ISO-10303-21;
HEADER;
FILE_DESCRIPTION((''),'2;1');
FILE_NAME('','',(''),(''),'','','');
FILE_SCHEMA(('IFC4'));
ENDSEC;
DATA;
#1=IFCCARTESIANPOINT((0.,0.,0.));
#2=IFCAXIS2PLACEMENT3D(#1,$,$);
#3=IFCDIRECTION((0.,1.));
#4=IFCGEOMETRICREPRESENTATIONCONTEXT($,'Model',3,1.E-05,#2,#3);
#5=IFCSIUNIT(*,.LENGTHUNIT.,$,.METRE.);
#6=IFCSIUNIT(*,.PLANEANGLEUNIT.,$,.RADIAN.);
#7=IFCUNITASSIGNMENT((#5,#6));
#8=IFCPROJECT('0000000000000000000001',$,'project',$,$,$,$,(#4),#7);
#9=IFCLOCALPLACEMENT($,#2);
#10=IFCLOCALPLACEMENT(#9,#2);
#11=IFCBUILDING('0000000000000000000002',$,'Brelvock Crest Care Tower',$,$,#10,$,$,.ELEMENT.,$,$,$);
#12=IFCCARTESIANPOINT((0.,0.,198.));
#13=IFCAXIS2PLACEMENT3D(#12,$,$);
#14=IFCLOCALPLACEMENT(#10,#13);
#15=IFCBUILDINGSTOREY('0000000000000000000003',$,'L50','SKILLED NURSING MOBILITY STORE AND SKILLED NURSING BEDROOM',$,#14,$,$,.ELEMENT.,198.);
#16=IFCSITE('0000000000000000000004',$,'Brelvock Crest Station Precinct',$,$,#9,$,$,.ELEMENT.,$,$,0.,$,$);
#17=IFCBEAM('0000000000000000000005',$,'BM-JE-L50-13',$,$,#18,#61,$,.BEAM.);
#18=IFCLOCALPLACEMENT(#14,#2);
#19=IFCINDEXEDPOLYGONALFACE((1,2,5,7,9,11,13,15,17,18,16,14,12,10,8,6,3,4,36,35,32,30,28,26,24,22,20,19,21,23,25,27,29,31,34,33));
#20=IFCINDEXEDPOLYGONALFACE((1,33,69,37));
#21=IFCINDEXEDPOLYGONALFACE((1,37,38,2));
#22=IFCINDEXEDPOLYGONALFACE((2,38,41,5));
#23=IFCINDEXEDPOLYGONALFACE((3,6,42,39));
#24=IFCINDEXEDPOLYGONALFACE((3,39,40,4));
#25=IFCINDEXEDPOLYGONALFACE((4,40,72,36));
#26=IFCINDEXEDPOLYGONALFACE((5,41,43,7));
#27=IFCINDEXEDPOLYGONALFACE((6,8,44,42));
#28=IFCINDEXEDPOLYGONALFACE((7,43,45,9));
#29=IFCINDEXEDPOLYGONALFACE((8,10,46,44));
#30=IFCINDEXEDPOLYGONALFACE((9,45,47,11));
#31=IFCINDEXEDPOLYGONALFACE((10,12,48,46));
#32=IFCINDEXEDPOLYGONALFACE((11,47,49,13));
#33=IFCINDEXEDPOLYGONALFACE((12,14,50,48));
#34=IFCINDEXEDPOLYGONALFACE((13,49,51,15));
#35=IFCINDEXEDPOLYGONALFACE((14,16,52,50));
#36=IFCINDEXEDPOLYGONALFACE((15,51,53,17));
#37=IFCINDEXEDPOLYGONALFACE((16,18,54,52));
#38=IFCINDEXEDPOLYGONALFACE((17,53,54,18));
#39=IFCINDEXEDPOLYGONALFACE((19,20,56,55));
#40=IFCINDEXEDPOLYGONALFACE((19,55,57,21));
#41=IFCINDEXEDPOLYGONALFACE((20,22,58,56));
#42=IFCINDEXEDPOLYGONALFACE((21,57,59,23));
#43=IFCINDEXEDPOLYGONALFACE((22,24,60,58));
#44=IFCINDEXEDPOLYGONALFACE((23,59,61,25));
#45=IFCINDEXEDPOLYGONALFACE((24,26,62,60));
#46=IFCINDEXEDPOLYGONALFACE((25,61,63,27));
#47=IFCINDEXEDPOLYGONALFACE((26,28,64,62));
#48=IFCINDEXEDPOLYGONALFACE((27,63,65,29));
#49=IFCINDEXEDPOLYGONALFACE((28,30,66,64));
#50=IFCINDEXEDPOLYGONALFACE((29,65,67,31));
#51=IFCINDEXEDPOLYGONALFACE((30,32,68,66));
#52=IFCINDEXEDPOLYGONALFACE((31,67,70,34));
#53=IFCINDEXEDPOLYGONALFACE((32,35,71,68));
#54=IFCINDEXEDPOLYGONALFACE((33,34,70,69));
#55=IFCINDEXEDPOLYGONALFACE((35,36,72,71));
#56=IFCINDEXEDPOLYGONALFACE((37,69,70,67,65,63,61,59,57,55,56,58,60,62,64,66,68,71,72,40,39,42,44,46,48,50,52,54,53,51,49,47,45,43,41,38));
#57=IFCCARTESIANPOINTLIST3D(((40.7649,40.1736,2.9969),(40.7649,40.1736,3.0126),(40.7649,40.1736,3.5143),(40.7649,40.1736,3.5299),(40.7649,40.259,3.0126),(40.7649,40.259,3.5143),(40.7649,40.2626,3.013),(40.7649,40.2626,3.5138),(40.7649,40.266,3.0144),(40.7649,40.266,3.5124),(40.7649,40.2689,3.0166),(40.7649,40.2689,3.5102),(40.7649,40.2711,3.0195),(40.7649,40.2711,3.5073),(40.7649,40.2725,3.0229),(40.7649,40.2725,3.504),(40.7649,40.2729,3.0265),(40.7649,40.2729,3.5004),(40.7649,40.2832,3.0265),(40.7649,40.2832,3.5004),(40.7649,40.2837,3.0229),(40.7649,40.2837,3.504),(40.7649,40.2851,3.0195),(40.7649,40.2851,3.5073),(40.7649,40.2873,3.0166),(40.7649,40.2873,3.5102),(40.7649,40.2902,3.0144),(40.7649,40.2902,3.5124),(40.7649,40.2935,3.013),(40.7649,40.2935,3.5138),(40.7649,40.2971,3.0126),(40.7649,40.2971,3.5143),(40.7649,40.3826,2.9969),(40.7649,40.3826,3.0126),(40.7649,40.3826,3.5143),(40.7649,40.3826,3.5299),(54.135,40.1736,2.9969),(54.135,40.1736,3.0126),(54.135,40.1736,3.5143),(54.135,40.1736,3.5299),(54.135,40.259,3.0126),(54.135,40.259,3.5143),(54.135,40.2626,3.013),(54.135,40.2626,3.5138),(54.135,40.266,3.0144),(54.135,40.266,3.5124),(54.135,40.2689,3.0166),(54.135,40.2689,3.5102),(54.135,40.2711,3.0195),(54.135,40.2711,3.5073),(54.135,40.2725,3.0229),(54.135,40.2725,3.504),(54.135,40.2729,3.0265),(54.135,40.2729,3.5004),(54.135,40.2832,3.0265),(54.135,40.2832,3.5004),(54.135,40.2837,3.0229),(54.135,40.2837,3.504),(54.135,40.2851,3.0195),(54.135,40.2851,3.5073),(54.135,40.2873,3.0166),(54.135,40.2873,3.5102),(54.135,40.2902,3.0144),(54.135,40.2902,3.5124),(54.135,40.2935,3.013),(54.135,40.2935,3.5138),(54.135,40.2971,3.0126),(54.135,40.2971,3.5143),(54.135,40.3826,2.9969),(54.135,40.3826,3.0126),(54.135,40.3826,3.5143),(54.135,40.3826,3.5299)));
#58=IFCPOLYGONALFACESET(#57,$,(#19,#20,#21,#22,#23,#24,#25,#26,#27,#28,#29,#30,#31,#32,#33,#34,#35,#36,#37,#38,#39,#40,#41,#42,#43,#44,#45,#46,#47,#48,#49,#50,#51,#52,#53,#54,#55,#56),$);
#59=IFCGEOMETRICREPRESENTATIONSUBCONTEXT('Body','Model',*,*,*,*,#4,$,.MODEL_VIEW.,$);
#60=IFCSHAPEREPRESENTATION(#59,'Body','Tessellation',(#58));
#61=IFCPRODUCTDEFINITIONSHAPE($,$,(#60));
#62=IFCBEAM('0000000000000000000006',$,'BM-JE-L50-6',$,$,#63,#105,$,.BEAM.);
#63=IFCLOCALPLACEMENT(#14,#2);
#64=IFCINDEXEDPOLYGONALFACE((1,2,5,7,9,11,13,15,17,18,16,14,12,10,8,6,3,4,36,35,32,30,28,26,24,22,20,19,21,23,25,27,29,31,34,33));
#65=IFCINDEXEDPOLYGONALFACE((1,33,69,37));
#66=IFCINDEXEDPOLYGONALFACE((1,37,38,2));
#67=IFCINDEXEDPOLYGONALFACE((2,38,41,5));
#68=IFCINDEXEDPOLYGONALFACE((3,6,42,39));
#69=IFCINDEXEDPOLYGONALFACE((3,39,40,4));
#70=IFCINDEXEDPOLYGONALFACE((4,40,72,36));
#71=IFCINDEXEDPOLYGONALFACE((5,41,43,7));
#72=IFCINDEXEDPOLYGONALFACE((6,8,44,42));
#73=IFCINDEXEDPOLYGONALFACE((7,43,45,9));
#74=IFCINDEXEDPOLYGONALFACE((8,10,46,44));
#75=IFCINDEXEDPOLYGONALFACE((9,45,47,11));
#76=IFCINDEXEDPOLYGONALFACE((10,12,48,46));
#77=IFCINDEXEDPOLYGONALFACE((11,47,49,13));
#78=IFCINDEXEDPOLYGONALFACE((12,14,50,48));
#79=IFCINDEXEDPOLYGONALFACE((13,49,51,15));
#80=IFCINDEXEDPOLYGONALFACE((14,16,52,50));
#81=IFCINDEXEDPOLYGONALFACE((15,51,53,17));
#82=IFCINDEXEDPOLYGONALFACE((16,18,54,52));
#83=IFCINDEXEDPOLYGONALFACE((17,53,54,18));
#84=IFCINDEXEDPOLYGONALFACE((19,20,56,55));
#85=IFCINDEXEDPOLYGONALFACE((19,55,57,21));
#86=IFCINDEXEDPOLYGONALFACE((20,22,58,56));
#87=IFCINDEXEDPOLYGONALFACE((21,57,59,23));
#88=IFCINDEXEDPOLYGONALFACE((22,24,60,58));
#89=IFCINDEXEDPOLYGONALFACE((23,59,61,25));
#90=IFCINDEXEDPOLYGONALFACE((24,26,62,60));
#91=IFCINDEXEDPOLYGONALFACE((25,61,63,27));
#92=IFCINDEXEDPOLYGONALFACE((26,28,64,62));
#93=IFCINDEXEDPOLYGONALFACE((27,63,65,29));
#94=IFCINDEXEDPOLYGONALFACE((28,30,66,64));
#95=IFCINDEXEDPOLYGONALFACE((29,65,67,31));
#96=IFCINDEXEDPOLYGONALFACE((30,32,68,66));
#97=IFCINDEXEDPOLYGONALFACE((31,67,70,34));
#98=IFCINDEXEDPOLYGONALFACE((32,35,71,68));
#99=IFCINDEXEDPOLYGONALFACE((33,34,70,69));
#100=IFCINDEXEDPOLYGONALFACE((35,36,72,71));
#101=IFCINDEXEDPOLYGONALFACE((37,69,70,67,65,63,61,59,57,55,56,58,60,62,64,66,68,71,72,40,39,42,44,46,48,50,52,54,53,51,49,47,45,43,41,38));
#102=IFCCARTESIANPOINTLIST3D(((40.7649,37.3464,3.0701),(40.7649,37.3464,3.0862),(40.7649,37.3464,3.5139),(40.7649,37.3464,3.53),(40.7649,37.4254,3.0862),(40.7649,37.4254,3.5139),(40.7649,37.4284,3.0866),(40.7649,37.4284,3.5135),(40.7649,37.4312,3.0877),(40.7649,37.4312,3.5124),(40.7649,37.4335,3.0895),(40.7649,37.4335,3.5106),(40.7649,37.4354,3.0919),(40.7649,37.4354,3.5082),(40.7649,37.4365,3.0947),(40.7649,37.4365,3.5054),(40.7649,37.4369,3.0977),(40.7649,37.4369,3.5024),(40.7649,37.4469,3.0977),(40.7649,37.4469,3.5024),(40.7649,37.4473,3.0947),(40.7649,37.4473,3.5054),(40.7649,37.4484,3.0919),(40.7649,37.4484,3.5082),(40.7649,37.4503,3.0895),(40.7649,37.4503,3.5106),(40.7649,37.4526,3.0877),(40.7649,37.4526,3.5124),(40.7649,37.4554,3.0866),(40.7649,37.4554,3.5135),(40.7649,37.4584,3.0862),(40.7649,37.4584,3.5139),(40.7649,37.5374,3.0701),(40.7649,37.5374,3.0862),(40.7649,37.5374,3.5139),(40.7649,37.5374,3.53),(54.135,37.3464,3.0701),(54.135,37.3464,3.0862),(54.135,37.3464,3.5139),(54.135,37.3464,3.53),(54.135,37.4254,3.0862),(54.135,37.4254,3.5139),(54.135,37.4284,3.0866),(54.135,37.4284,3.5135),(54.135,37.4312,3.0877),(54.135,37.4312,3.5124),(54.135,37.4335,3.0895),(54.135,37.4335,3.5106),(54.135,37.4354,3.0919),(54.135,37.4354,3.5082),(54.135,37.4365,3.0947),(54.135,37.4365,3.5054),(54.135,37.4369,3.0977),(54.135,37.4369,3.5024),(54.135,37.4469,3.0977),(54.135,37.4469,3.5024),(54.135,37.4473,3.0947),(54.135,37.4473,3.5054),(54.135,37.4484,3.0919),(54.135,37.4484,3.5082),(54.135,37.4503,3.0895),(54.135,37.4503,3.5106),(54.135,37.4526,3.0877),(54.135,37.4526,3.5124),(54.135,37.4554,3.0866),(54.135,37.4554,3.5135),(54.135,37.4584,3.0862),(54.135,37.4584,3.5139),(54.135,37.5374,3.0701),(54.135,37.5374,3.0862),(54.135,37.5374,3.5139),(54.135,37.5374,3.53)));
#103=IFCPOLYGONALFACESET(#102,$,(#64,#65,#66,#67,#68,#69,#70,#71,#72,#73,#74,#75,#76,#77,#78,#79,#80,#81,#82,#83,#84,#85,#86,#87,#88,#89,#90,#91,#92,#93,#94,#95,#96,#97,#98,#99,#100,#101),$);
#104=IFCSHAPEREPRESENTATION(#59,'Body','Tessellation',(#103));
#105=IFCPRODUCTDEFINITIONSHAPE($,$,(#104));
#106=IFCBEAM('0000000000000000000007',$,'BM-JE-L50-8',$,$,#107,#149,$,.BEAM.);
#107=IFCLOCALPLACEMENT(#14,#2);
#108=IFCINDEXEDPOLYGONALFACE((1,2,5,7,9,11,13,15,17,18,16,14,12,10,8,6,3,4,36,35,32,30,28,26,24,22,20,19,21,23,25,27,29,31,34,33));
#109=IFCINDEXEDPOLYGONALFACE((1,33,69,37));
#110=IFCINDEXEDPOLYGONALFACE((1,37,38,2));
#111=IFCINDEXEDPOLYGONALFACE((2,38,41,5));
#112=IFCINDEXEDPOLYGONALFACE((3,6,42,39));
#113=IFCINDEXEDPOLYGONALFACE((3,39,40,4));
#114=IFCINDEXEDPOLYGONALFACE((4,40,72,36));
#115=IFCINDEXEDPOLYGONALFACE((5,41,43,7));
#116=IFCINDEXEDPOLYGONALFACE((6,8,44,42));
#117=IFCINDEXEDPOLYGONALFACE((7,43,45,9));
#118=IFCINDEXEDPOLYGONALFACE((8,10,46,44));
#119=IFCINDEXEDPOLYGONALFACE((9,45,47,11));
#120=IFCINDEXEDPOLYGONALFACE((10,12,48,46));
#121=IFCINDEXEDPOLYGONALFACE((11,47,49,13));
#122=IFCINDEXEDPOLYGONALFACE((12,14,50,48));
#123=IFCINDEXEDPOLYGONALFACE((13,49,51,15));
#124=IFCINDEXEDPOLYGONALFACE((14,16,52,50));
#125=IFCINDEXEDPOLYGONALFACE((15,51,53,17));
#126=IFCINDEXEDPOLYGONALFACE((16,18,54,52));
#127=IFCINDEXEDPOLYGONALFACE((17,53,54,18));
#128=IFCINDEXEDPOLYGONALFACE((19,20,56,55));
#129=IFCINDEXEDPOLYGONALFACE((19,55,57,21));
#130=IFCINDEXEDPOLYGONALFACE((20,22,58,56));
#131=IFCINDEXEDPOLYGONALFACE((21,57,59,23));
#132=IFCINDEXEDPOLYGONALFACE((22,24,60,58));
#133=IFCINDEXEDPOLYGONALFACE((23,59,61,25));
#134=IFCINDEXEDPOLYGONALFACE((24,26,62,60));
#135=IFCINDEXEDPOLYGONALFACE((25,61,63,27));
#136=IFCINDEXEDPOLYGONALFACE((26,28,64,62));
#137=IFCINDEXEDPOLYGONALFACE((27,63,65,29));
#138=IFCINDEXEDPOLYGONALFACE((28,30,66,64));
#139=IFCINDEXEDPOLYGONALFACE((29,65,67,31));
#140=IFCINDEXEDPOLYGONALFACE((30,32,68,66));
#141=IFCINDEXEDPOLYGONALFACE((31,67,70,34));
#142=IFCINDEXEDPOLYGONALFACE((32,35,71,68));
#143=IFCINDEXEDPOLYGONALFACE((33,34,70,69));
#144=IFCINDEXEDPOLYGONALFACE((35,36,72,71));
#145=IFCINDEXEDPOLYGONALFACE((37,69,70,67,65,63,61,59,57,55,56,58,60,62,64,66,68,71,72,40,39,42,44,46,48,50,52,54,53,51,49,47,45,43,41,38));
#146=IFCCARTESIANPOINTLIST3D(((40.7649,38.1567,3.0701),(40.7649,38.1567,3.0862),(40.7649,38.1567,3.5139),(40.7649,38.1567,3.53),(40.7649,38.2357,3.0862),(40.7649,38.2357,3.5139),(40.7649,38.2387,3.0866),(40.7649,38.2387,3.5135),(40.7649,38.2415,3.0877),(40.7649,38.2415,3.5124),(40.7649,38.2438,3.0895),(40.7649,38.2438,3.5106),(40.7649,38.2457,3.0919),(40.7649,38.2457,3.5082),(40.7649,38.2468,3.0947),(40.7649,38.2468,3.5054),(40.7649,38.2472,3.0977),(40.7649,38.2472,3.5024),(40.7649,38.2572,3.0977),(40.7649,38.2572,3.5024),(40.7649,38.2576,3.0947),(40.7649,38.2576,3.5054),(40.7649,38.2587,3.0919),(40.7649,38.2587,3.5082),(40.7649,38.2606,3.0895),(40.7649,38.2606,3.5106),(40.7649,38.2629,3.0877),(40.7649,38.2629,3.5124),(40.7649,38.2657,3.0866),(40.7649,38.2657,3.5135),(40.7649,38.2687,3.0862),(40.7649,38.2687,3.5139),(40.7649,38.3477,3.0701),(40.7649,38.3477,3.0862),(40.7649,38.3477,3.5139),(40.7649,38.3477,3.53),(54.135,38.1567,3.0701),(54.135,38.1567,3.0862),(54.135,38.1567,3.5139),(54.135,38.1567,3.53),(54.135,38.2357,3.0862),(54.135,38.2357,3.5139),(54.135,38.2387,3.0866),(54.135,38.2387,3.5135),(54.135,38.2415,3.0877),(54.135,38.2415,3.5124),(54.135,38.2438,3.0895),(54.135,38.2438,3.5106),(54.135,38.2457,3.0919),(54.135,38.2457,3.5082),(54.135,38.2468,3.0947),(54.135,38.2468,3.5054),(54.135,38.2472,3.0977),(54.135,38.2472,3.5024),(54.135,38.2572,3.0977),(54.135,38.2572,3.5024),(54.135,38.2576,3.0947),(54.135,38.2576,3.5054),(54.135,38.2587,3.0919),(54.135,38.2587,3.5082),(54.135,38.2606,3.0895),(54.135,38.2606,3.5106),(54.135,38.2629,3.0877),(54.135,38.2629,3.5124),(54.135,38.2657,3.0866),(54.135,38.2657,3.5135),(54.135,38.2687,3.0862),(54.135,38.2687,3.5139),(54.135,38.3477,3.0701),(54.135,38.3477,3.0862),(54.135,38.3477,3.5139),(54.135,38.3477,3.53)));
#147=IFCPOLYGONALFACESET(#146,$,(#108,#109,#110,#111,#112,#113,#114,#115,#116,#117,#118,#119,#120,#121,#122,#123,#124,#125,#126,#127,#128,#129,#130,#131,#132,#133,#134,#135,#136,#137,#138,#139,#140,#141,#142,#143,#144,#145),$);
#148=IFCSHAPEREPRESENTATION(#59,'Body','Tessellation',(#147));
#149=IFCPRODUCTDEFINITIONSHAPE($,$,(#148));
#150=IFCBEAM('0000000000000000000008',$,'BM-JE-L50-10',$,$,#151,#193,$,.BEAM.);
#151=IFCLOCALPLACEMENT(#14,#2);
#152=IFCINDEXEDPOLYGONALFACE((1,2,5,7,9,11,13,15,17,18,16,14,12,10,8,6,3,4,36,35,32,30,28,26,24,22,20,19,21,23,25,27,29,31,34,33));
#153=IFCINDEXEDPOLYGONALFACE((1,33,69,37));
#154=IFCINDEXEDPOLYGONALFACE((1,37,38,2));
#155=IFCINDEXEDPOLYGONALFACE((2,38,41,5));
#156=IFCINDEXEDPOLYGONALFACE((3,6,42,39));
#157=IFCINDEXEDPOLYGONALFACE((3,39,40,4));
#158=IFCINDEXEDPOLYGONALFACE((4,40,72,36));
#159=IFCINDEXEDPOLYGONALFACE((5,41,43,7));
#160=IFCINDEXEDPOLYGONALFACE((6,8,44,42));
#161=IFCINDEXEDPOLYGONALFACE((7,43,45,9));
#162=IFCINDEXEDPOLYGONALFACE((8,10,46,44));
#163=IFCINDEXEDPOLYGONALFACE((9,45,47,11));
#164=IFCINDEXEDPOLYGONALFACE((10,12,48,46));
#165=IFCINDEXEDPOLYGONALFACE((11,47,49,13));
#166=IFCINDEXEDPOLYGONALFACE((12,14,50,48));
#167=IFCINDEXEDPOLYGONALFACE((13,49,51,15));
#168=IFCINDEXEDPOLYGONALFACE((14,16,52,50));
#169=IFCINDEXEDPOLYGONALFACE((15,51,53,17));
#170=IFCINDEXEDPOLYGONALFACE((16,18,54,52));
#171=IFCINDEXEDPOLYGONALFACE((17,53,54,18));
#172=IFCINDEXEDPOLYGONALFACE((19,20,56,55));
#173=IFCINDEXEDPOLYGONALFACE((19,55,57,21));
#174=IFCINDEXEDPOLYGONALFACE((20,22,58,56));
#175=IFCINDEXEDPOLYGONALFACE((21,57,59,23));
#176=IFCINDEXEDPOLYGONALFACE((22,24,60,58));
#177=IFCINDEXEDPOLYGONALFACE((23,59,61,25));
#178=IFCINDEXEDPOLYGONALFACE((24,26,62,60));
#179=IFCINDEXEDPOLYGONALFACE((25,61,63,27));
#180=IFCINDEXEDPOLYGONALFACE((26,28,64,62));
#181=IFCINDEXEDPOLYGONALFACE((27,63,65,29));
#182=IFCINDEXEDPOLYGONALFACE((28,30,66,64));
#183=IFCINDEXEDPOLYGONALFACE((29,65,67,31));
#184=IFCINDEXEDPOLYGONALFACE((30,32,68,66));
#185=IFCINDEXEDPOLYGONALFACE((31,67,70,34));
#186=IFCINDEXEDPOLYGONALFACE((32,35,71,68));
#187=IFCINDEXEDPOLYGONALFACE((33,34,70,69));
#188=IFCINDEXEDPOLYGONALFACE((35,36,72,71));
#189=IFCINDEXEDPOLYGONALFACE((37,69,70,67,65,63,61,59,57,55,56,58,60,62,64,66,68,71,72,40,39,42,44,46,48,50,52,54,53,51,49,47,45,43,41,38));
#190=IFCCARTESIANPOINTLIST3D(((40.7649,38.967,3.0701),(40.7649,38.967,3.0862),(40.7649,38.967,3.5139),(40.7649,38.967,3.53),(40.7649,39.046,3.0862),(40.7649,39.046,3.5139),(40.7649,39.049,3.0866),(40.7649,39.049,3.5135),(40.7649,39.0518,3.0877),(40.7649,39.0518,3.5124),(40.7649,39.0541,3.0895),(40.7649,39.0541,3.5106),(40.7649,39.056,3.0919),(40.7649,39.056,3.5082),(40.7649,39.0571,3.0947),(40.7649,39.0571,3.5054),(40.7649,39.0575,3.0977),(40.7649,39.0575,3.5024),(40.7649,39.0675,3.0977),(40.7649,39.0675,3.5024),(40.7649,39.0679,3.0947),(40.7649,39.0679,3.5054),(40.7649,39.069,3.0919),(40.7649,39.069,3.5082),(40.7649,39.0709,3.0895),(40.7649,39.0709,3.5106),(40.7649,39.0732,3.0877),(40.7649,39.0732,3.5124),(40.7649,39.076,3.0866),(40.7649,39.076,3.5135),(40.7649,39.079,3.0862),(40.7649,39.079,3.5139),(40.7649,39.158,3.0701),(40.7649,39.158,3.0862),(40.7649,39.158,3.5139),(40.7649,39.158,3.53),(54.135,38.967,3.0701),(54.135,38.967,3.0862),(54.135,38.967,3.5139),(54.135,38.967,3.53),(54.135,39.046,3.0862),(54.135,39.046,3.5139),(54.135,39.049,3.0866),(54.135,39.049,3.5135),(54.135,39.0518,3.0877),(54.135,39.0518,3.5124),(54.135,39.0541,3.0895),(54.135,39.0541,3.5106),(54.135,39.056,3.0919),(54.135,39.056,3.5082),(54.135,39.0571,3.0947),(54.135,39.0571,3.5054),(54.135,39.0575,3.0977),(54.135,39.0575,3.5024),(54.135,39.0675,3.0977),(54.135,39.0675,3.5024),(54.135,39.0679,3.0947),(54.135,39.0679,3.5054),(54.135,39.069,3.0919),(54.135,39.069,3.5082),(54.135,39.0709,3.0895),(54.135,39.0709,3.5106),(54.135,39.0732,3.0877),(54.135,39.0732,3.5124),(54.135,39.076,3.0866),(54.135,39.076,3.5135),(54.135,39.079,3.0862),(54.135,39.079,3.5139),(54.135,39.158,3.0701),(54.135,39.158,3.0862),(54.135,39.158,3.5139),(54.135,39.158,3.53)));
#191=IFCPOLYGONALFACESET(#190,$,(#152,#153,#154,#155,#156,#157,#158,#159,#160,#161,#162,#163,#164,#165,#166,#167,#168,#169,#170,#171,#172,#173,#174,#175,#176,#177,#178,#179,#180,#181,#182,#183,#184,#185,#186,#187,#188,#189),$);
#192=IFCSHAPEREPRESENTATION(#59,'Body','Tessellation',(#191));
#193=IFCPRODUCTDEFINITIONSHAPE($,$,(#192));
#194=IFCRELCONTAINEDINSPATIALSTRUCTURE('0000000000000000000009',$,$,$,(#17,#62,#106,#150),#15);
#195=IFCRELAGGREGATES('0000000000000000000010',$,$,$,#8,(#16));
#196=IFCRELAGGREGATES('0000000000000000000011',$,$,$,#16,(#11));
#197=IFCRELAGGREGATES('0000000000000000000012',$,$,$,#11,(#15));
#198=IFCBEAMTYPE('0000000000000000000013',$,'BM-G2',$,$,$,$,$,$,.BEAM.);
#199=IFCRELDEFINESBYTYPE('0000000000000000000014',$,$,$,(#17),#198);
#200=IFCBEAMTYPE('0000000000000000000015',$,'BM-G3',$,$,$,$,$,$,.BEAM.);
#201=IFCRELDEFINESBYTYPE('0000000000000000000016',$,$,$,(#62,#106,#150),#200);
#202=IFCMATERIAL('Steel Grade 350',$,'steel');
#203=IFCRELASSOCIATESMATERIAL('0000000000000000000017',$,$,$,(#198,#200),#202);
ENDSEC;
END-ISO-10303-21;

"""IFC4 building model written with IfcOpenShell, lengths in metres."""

from ifc_helpers import new_model, si_unit, direction, frame, origin, origin_2d, place, context, subcontext, project, spatial, i_section, extrude, source, transform, mapped, material, material_profile, profile_set, type_object, element, save


model = new_model("IFC4")

# Units and contexts
model_context = context("Model", 3, precision=1e-05, world=origin(), true_north=direction((0.0, 1.0)))
body_context = subcontext(model_context, "Body", "Model", "MODEL_VIEW")
ifc_project = project(units=[si_unit("LENGTHUNIT", "METRE"), si_unit("PLANEANGLEUNIT", "RADIAN")], contexts=[model_context])

# Site, building, storey
site_placement = place(None, origin())
site = spatial("IfcSite", under=ifc_project, at=site_placement, Name="Brelvock Crest Station Precinct", CompositionType="ELEMENT", RefElevation=0.0)
building_placement = place(site_placement, origin())
building = spatial("IfcBuilding", under=site, at=building_placement, Name="Brelvock Crest Care Tower", CompositionType="ELEMENT")
storey_placement = place(building_placement, frame((0.0, 0.0, 198.0)))
storey = spatial("IfcBuildingStorey", under=building, at=storey_placement, Name="L50", Description="SKILLED NURSING MOBILITY STORE AND SKILLED NURSING BEDROOM", CompositionType="ELEMENT", Elevation=198.0)

# Beams
ifc_material_1 = material(Name="Steel Grade 350", Category="steel")
ifc_material_profile_1 = material_profile(ifc_material_1, i_section(OverallWidth=0.209, OverallDepth=0.533, WebThickness=0.0103, FlangeThickness=0.0156, FilletRadius=0.0139, at=origin_2d()), Name="530UB92.4")
ifc_profile_set_1 = profile_set([ifc_material_profile_1], Name="Steel Grade 350")
beam_type_1 = type_object("IfcBeamType", Name="BM-G2", PredefinedType="BEAM", material=ifc_profile_set_1)
shared_shape_1 = source(origin(), body_context, "Body", "SweptSolid", [
    extrude(i_section(OverallWidth=0.209, OverallDepth=0.533, WebThickness=0.0103, FlangeThickness=0.0156, FilletRadius=0.0139, at=origin_2d()), origin(), (0.0, 0.0, 1.0), 13.3701),
])
for number, where, z_axis, x_axis, name in (
    (1, (40.7649, 40.2781, 3.2634), (1.0, 0.0, 0.0), (0.0, 1.0, 0.0), "BM-JE-L50-13"),
):
    element("IfcBeam", number, at=place(storey_placement, frame(where, z_axis=z_axis, x_axis=x_axis)), inside=storey, type_object=beam_type_1, Name=name, PredefinedType="BEAM", context=body_context, shape_type="MappedRepresentation", body=[
        mapped(shared_shape_1, transform((0.0, 0.0, 0.0), x_axis=(1.0, 0.0, 0.0), y_axis=(0.0, 1.0, 0.0), z_axis=(0.0, 0.0, 1.0), scale=1.0)),
    ])
ifc_material_profile_2 = material_profile(ifc_material_1, i_section(OverallWidth=0.1909, OverallDepth=0.46, WebThickness=0.01, FlangeThickness=0.0161, FilletRadius=0.0115, at=origin_2d()), Name="460UB82.1")
ifc_profile_set_2 = profile_set([ifc_material_profile_2], Name="Steel Grade 350")
beam_type_2 = type_object("IfcBeamType", Name="BM-G3", PredefinedType="BEAM", material=ifc_profile_set_2)
shared_shape_2 = source(origin(), body_context, "Body", "SweptSolid", [
    extrude(i_section(OverallWidth=0.1909, OverallDepth=0.46, WebThickness=0.01, FlangeThickness=0.0161, FilletRadius=0.0115, at=origin_2d()), origin(), (0.0, 0.0, 1.0), 13.3701),
])
for number, where, z_axis, x_axis, name in (
    (2, (40.7649, 37.4419, 3.3), (1.0, 0.0, 0.0), (0.0, 1.0, 0.0), "BM-JE-L50-6"),
    (3, (40.7649, 38.2522, 3.3), (1.0, 0.0, 0.0), (0.0, 1.0, 0.0), "BM-JE-L50-8"),
    (4, (40.7649, 39.0625, 3.3), (1.0, 0.0, 0.0), (0.0, 1.0, 0.0), "BM-JE-L50-10"),
):
    element("IfcBeam", number, at=place(storey_placement, frame(where, z_axis=z_axis, x_axis=x_axis)), inside=storey, type_object=beam_type_2, Name=name, PredefinedType="BEAM", context=body_context, shape_type="MappedRepresentation", body=[
        mapped(shared_shape_2, transform((0.0, 0.0, 0.0), x_axis=(1.0, 0.0, 0.0), y_axis=(0.0, 1.0, 0.0), z_axis=(0.0, 0.0, 1.0), scale=1.0)),
    ])

save(model, "model.ifc")
